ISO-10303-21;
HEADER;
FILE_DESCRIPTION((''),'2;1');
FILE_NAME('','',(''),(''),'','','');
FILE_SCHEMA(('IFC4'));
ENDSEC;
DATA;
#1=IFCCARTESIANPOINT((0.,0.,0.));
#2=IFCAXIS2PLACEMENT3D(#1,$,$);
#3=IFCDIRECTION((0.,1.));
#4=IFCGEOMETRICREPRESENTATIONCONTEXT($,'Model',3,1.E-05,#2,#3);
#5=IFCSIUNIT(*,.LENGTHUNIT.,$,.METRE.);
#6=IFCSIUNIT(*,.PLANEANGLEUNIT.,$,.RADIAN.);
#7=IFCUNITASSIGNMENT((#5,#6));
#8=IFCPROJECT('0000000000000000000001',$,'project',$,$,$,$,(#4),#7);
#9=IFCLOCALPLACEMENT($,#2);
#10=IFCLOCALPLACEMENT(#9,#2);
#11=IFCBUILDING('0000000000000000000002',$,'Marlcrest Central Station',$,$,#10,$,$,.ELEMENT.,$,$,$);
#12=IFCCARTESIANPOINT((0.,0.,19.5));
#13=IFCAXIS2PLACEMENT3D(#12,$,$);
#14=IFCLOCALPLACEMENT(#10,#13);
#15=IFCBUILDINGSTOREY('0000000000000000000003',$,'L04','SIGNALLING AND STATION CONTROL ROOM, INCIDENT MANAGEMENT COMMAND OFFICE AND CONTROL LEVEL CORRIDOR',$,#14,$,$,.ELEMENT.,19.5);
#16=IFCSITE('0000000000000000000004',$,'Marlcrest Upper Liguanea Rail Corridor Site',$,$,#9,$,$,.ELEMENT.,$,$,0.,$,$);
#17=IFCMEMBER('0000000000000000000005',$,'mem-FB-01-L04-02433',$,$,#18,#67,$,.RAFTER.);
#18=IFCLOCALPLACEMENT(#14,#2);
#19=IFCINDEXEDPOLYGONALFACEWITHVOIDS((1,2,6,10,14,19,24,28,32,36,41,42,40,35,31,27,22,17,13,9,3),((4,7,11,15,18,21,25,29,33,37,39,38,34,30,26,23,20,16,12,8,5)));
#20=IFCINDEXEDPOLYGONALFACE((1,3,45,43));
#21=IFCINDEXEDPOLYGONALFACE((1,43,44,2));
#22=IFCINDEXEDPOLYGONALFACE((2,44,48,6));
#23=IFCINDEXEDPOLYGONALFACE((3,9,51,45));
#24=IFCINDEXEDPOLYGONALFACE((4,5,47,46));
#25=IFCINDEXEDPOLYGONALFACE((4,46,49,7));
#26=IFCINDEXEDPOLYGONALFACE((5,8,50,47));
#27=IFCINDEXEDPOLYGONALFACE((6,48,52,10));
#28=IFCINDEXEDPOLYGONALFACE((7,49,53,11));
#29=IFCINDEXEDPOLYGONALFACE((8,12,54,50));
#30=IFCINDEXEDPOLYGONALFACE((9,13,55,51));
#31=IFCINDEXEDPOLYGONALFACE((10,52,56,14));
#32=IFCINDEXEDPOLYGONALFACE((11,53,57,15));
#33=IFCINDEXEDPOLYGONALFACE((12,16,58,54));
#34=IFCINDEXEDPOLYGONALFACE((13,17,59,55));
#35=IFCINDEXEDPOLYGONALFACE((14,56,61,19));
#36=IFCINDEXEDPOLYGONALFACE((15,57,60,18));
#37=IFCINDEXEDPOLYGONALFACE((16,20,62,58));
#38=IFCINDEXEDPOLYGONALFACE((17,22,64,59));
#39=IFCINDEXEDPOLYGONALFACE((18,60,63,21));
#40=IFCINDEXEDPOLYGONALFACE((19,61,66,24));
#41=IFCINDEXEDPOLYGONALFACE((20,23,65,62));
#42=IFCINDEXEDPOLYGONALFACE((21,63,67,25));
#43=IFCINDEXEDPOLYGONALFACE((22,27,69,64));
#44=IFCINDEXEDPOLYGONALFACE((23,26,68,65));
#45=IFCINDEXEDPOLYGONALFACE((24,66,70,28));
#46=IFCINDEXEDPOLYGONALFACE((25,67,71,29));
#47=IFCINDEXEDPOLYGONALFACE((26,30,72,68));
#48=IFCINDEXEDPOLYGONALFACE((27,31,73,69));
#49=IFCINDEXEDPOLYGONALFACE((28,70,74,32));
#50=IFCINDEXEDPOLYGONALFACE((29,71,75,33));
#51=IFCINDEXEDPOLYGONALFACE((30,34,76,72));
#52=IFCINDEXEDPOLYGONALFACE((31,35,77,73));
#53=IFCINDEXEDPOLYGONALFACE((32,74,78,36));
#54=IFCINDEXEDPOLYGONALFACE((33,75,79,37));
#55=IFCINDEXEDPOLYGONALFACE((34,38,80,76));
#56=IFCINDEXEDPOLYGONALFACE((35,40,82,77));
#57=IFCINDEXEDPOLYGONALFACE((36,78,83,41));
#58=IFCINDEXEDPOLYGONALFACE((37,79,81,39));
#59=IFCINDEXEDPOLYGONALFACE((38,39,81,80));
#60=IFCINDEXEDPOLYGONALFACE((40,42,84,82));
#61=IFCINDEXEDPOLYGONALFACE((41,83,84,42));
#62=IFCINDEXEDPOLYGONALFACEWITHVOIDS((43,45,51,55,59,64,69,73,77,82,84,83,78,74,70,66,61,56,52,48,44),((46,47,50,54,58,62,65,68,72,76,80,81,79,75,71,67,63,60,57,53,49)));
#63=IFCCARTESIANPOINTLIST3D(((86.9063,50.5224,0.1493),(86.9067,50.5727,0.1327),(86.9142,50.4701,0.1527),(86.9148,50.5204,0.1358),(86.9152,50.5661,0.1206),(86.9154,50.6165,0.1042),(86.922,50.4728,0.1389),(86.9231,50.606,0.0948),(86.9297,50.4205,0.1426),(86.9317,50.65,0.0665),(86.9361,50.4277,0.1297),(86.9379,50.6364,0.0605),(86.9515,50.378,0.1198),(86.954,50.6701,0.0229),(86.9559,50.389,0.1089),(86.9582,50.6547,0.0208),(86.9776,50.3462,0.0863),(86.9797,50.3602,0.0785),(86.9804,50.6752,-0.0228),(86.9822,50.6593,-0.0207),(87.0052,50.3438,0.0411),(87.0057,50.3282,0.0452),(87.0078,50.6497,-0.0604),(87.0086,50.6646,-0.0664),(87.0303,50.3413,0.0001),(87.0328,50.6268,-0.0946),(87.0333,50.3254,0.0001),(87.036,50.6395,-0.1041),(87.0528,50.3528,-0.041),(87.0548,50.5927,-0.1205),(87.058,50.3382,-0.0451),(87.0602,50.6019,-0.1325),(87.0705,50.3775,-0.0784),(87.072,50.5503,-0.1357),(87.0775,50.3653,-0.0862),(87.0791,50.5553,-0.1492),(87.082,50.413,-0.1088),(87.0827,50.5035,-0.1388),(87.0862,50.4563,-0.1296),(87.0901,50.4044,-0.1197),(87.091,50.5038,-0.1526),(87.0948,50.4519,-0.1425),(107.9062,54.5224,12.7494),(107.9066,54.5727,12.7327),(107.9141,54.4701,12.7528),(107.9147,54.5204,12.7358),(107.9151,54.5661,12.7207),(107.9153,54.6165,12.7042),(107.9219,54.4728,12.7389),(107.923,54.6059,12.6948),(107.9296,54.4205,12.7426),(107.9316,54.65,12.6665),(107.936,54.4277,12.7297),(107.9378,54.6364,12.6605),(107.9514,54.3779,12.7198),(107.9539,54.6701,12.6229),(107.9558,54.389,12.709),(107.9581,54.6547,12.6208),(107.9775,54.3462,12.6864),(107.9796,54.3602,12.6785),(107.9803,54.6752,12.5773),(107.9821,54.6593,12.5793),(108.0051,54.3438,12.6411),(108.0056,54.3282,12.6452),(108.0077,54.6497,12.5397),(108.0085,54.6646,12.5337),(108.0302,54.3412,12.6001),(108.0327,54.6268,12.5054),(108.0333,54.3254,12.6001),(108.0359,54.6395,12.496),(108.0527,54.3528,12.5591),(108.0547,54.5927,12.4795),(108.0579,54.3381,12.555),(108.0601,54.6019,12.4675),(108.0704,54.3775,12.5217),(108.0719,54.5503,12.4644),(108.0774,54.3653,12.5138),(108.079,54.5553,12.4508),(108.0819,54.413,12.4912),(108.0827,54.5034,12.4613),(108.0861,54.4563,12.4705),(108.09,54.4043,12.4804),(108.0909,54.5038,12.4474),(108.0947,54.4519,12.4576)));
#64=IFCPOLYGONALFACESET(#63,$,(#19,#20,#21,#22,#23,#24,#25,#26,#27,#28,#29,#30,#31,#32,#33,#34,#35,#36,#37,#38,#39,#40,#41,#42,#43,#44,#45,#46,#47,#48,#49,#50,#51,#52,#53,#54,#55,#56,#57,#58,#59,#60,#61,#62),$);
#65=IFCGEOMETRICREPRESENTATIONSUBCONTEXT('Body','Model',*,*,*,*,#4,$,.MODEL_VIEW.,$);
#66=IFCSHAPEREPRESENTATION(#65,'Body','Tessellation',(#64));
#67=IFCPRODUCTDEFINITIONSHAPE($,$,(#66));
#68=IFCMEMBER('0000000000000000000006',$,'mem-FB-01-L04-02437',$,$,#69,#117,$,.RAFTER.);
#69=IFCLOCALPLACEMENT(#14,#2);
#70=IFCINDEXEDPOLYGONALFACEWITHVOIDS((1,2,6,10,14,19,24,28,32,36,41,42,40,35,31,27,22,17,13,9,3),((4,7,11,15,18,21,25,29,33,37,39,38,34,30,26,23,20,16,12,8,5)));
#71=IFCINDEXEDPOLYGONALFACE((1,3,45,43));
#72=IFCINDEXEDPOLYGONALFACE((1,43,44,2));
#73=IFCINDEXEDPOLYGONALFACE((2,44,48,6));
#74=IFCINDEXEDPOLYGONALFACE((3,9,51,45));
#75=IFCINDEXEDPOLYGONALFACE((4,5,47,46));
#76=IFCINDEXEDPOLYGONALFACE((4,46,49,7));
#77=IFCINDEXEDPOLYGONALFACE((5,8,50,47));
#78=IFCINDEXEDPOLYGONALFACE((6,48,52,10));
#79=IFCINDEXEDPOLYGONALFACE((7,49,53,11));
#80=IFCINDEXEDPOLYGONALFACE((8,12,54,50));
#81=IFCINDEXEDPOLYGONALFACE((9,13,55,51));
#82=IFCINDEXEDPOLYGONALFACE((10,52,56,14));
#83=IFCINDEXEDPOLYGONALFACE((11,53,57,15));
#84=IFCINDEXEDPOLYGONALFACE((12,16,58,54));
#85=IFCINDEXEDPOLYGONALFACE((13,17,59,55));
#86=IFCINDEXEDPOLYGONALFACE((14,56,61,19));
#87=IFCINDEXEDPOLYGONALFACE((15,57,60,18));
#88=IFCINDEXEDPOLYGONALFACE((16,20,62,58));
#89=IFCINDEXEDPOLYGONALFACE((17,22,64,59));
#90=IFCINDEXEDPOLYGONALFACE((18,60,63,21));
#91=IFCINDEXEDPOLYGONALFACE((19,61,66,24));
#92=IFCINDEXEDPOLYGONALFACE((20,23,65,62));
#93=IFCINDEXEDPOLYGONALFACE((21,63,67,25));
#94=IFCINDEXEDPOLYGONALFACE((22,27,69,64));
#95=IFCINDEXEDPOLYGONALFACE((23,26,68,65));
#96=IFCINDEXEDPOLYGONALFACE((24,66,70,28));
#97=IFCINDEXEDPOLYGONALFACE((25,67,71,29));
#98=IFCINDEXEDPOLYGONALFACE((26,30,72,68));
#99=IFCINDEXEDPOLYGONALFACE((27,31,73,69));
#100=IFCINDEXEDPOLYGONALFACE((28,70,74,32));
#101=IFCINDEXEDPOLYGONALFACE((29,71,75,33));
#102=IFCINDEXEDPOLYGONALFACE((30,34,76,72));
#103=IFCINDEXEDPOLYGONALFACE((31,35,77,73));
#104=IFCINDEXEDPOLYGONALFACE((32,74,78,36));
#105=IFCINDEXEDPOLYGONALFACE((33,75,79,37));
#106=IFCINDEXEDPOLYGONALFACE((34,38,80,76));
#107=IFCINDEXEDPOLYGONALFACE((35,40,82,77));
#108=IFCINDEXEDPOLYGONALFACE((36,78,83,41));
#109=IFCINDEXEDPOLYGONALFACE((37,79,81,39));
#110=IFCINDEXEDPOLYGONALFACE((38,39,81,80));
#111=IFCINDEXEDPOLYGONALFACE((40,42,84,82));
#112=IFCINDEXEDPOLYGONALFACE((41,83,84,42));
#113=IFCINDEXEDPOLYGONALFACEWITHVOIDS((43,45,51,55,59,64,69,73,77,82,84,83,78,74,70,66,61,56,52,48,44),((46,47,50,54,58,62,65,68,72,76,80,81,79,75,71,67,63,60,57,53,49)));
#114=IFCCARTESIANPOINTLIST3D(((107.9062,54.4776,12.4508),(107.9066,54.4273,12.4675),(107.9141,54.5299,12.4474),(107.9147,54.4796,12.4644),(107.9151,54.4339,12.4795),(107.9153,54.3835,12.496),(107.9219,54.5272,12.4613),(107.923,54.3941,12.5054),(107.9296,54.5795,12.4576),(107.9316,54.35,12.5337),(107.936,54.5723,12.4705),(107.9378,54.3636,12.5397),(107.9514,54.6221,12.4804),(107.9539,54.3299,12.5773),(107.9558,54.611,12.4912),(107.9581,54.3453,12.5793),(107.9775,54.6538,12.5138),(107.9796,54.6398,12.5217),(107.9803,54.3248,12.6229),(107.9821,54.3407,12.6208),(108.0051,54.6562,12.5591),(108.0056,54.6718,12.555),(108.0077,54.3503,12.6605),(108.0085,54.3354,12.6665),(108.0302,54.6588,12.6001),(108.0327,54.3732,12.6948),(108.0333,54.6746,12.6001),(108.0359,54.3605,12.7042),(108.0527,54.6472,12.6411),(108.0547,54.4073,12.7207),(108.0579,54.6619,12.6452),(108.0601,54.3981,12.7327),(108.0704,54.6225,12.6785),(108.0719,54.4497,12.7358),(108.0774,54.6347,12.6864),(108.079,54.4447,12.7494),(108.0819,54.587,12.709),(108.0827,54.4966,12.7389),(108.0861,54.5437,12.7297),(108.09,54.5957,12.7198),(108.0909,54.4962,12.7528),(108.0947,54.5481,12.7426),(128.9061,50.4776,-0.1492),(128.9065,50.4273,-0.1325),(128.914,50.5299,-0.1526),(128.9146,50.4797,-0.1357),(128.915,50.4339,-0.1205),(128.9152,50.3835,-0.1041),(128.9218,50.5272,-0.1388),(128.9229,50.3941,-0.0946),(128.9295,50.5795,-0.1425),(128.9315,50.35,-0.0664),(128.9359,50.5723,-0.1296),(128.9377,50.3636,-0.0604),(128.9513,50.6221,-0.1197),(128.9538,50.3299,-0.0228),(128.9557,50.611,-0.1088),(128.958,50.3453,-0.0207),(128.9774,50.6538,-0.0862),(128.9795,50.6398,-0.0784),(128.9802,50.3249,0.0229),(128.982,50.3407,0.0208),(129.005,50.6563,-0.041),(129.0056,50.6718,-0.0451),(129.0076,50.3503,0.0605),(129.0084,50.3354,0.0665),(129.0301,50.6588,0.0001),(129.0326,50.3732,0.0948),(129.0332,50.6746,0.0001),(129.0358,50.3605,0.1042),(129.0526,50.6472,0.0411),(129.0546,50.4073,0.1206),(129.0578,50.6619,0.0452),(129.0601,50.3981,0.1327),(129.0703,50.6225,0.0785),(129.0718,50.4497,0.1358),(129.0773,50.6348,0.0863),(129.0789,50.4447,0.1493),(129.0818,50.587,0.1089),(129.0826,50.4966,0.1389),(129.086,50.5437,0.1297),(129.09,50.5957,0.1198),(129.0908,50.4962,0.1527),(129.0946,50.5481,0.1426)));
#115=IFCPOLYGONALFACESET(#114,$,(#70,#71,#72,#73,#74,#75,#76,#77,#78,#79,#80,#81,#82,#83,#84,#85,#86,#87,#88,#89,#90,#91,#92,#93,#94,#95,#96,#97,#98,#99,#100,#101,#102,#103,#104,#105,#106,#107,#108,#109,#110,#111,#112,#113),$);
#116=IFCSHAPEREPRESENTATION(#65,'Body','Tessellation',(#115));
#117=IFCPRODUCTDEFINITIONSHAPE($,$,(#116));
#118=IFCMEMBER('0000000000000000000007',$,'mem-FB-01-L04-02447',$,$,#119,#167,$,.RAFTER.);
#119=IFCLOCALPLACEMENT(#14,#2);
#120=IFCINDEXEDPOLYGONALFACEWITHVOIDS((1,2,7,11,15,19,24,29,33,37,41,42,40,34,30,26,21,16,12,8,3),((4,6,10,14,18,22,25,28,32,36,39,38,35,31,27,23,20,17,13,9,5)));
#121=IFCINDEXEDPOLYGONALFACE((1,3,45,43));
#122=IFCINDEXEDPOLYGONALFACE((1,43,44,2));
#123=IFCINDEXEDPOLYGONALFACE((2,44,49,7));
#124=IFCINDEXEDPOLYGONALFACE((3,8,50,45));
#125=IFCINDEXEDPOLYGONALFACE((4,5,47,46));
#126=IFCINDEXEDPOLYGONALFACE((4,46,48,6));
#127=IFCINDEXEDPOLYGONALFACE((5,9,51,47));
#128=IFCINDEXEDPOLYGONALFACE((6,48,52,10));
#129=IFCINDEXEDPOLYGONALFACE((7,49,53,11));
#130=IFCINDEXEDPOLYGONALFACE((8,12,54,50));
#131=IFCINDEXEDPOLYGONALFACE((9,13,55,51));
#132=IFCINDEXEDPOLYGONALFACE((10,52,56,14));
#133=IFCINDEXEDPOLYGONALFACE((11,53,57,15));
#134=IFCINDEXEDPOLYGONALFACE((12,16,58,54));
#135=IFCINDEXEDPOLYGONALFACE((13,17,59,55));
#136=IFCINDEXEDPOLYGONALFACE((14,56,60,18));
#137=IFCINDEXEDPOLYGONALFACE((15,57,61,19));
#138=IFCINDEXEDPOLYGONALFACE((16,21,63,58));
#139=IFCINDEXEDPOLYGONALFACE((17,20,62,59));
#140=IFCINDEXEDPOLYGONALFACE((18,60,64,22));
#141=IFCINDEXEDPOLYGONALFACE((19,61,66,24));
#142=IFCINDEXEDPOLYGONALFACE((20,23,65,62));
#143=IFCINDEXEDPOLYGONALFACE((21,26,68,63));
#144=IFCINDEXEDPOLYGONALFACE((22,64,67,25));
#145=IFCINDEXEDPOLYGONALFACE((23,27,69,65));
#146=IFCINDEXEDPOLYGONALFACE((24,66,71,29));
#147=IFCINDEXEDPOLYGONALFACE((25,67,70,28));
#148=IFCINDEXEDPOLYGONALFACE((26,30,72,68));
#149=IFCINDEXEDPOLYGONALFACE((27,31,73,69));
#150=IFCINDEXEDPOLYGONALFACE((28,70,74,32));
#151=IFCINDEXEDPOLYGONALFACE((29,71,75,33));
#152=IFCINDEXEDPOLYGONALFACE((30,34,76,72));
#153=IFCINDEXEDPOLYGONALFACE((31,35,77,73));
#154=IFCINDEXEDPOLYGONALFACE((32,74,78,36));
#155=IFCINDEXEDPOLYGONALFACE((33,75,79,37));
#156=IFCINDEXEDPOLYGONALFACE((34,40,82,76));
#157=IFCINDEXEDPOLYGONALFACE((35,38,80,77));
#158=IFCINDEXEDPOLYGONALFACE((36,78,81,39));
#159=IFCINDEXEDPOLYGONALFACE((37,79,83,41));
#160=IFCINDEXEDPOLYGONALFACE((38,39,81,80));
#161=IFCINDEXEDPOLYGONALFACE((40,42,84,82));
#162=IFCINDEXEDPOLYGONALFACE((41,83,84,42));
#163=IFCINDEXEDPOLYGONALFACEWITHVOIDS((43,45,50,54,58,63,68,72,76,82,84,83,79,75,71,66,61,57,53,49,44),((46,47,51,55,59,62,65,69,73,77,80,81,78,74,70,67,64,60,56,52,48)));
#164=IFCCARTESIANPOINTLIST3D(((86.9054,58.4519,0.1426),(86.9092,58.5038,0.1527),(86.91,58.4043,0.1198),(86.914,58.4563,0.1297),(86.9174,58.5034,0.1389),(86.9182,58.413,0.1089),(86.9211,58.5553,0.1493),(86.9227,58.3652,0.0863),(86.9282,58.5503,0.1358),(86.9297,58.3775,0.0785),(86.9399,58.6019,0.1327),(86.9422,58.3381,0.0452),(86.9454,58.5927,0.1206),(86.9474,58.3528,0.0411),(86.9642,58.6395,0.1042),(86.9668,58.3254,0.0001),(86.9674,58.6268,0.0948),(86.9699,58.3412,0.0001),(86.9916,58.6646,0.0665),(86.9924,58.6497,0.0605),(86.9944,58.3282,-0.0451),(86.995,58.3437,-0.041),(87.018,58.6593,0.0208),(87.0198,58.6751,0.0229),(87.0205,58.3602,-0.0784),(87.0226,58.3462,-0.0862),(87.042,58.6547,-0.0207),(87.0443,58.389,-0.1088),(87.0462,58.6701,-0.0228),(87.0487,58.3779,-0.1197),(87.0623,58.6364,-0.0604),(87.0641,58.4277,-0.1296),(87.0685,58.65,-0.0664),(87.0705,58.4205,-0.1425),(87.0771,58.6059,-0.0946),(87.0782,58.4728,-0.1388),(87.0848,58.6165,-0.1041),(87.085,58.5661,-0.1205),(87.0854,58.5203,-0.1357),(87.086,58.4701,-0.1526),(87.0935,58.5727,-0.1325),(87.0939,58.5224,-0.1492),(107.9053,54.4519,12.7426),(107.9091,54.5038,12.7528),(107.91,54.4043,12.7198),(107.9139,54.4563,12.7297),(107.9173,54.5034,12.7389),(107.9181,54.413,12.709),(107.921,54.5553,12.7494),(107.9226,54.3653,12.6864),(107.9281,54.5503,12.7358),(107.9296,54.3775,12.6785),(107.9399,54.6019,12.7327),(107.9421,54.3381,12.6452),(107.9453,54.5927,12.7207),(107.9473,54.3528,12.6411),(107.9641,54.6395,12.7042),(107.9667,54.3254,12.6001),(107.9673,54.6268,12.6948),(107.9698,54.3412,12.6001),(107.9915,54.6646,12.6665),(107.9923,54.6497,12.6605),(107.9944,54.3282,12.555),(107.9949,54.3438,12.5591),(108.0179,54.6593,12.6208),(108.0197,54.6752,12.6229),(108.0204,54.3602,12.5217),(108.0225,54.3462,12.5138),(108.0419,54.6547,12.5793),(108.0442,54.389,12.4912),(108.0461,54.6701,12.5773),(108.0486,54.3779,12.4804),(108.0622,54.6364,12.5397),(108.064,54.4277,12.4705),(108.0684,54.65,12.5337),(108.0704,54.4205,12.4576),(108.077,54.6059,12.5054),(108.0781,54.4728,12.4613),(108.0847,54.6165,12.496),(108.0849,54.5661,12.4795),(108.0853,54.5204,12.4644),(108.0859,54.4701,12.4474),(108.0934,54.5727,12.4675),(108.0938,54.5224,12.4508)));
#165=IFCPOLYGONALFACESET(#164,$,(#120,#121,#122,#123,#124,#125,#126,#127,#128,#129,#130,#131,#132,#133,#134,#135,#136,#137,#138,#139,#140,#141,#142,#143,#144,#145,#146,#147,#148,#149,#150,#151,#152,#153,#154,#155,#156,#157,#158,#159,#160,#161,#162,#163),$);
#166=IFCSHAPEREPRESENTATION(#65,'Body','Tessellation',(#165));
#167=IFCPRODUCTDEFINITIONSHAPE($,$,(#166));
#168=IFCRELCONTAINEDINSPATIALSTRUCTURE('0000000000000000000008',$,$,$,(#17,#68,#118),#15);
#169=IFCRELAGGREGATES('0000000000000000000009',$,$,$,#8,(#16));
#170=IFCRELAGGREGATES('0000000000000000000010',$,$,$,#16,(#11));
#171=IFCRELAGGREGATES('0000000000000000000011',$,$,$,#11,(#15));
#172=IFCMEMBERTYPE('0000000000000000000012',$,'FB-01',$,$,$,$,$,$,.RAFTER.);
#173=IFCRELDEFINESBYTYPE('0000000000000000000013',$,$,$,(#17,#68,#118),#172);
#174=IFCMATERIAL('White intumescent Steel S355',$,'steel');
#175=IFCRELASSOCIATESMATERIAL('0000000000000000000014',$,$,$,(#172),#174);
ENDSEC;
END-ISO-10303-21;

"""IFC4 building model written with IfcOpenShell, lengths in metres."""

from ifc_helpers import new_model, si_unit, direction, frame, origin, origin_2d, place, context, subcontext, project, spatial, hollow_circle, extrude, material, material_profile, profile_set, type_object, element, save


model = new_model("IFC4")

# Units and contexts
model_context = context("Model", 3, precision=1e-05, world=origin(), true_north=direction((0.0, 1.0)))
body_context = subcontext(model_context, "Body", "Model", "MODEL_VIEW")
ifc_project = project(units=[si_unit("LENGTHUNIT", "METRE"), si_unit("PLANEANGLEUNIT", "RADIAN")], contexts=[model_context])

# Site, building, storey
site_placement = place(None, origin())
site = spatial("IfcSite", under=ifc_project, at=site_placement, Name="Marlcrest Upper Liguanea Rail Corridor Site", CompositionType="ELEMENT", RefElevation=0.0)
building_placement = place(site_placement, origin())
building = spatial("IfcBuilding", under=site, at=building_placement, Name="Marlcrest Central Station", CompositionType="ELEMENT")
storey_placement = place(building_placement, frame((0.0, 0.0, 19.5)))
storey = spatial("IfcBuildingStorey", under=building, at=storey_placement, Name="L04", Description="SIGNALLING AND STATION CONTROL ROOM, INCIDENT MANAGEMENT COMMAND OFFICE AND CONTROL LEVEL CORRIDOR", CompositionType="ELEMENT", Elevation=19.5)

# Members
ifc_material_1 = material(Name="White intumescent Steel S355", Category="steel")
ifc_material_profile_1 = material_profile(ifc_material_1, hollow_circle(Radius=0.1777, WallThickness=0.0161, at=origin_2d()), Name="CHS 355.6x16")
ifc_profile_set_1 = profile_set([ifc_material_profile_1], Name="White intumescent Steel S355")
member_type_1 = type_object("IfcMemberType", Name="FB-01", PredefinedType="RAFTER", material=ifc_profile_set_1)
for number, where, z_axis, x_axis, name in (
    (1, (108.0, 54.5, 12.6001), (-0.846277, -0.161196, -0.50777), (0.187112, -0.982339, 0.0), "mem-FB-01-L04-02433"),
    (2, (108.0, 54.5, 12.6001), (0.846277, -0.161196, -0.50777), (0.187112, 0.982339, 0.0), "mem-FB-01-L04-02437"),
    (3, (108.0, 54.5, 12.6001), (-0.846277, 0.161196, -0.50777), (-0.187112, -0.982339, 0.0), "mem-FB-01-L04-02447"),
):
    element("IfcMember", number, at=place(storey_placement, frame(where, z_axis=z_axis, x_axis=x_axis)), inside=storey, type_object=member_type_1, Name=name, PredefinedType="RAFTER", context=body_context, shape_type="SweptSolid", body=[
        extrude(hollow_circle(Radius=0.1777, WallThickness=0.0161, at=origin_2d()), origin(), (0.0, 0.0, 1.0), 24.8145),
    ])

save(model, "model.ifc")
